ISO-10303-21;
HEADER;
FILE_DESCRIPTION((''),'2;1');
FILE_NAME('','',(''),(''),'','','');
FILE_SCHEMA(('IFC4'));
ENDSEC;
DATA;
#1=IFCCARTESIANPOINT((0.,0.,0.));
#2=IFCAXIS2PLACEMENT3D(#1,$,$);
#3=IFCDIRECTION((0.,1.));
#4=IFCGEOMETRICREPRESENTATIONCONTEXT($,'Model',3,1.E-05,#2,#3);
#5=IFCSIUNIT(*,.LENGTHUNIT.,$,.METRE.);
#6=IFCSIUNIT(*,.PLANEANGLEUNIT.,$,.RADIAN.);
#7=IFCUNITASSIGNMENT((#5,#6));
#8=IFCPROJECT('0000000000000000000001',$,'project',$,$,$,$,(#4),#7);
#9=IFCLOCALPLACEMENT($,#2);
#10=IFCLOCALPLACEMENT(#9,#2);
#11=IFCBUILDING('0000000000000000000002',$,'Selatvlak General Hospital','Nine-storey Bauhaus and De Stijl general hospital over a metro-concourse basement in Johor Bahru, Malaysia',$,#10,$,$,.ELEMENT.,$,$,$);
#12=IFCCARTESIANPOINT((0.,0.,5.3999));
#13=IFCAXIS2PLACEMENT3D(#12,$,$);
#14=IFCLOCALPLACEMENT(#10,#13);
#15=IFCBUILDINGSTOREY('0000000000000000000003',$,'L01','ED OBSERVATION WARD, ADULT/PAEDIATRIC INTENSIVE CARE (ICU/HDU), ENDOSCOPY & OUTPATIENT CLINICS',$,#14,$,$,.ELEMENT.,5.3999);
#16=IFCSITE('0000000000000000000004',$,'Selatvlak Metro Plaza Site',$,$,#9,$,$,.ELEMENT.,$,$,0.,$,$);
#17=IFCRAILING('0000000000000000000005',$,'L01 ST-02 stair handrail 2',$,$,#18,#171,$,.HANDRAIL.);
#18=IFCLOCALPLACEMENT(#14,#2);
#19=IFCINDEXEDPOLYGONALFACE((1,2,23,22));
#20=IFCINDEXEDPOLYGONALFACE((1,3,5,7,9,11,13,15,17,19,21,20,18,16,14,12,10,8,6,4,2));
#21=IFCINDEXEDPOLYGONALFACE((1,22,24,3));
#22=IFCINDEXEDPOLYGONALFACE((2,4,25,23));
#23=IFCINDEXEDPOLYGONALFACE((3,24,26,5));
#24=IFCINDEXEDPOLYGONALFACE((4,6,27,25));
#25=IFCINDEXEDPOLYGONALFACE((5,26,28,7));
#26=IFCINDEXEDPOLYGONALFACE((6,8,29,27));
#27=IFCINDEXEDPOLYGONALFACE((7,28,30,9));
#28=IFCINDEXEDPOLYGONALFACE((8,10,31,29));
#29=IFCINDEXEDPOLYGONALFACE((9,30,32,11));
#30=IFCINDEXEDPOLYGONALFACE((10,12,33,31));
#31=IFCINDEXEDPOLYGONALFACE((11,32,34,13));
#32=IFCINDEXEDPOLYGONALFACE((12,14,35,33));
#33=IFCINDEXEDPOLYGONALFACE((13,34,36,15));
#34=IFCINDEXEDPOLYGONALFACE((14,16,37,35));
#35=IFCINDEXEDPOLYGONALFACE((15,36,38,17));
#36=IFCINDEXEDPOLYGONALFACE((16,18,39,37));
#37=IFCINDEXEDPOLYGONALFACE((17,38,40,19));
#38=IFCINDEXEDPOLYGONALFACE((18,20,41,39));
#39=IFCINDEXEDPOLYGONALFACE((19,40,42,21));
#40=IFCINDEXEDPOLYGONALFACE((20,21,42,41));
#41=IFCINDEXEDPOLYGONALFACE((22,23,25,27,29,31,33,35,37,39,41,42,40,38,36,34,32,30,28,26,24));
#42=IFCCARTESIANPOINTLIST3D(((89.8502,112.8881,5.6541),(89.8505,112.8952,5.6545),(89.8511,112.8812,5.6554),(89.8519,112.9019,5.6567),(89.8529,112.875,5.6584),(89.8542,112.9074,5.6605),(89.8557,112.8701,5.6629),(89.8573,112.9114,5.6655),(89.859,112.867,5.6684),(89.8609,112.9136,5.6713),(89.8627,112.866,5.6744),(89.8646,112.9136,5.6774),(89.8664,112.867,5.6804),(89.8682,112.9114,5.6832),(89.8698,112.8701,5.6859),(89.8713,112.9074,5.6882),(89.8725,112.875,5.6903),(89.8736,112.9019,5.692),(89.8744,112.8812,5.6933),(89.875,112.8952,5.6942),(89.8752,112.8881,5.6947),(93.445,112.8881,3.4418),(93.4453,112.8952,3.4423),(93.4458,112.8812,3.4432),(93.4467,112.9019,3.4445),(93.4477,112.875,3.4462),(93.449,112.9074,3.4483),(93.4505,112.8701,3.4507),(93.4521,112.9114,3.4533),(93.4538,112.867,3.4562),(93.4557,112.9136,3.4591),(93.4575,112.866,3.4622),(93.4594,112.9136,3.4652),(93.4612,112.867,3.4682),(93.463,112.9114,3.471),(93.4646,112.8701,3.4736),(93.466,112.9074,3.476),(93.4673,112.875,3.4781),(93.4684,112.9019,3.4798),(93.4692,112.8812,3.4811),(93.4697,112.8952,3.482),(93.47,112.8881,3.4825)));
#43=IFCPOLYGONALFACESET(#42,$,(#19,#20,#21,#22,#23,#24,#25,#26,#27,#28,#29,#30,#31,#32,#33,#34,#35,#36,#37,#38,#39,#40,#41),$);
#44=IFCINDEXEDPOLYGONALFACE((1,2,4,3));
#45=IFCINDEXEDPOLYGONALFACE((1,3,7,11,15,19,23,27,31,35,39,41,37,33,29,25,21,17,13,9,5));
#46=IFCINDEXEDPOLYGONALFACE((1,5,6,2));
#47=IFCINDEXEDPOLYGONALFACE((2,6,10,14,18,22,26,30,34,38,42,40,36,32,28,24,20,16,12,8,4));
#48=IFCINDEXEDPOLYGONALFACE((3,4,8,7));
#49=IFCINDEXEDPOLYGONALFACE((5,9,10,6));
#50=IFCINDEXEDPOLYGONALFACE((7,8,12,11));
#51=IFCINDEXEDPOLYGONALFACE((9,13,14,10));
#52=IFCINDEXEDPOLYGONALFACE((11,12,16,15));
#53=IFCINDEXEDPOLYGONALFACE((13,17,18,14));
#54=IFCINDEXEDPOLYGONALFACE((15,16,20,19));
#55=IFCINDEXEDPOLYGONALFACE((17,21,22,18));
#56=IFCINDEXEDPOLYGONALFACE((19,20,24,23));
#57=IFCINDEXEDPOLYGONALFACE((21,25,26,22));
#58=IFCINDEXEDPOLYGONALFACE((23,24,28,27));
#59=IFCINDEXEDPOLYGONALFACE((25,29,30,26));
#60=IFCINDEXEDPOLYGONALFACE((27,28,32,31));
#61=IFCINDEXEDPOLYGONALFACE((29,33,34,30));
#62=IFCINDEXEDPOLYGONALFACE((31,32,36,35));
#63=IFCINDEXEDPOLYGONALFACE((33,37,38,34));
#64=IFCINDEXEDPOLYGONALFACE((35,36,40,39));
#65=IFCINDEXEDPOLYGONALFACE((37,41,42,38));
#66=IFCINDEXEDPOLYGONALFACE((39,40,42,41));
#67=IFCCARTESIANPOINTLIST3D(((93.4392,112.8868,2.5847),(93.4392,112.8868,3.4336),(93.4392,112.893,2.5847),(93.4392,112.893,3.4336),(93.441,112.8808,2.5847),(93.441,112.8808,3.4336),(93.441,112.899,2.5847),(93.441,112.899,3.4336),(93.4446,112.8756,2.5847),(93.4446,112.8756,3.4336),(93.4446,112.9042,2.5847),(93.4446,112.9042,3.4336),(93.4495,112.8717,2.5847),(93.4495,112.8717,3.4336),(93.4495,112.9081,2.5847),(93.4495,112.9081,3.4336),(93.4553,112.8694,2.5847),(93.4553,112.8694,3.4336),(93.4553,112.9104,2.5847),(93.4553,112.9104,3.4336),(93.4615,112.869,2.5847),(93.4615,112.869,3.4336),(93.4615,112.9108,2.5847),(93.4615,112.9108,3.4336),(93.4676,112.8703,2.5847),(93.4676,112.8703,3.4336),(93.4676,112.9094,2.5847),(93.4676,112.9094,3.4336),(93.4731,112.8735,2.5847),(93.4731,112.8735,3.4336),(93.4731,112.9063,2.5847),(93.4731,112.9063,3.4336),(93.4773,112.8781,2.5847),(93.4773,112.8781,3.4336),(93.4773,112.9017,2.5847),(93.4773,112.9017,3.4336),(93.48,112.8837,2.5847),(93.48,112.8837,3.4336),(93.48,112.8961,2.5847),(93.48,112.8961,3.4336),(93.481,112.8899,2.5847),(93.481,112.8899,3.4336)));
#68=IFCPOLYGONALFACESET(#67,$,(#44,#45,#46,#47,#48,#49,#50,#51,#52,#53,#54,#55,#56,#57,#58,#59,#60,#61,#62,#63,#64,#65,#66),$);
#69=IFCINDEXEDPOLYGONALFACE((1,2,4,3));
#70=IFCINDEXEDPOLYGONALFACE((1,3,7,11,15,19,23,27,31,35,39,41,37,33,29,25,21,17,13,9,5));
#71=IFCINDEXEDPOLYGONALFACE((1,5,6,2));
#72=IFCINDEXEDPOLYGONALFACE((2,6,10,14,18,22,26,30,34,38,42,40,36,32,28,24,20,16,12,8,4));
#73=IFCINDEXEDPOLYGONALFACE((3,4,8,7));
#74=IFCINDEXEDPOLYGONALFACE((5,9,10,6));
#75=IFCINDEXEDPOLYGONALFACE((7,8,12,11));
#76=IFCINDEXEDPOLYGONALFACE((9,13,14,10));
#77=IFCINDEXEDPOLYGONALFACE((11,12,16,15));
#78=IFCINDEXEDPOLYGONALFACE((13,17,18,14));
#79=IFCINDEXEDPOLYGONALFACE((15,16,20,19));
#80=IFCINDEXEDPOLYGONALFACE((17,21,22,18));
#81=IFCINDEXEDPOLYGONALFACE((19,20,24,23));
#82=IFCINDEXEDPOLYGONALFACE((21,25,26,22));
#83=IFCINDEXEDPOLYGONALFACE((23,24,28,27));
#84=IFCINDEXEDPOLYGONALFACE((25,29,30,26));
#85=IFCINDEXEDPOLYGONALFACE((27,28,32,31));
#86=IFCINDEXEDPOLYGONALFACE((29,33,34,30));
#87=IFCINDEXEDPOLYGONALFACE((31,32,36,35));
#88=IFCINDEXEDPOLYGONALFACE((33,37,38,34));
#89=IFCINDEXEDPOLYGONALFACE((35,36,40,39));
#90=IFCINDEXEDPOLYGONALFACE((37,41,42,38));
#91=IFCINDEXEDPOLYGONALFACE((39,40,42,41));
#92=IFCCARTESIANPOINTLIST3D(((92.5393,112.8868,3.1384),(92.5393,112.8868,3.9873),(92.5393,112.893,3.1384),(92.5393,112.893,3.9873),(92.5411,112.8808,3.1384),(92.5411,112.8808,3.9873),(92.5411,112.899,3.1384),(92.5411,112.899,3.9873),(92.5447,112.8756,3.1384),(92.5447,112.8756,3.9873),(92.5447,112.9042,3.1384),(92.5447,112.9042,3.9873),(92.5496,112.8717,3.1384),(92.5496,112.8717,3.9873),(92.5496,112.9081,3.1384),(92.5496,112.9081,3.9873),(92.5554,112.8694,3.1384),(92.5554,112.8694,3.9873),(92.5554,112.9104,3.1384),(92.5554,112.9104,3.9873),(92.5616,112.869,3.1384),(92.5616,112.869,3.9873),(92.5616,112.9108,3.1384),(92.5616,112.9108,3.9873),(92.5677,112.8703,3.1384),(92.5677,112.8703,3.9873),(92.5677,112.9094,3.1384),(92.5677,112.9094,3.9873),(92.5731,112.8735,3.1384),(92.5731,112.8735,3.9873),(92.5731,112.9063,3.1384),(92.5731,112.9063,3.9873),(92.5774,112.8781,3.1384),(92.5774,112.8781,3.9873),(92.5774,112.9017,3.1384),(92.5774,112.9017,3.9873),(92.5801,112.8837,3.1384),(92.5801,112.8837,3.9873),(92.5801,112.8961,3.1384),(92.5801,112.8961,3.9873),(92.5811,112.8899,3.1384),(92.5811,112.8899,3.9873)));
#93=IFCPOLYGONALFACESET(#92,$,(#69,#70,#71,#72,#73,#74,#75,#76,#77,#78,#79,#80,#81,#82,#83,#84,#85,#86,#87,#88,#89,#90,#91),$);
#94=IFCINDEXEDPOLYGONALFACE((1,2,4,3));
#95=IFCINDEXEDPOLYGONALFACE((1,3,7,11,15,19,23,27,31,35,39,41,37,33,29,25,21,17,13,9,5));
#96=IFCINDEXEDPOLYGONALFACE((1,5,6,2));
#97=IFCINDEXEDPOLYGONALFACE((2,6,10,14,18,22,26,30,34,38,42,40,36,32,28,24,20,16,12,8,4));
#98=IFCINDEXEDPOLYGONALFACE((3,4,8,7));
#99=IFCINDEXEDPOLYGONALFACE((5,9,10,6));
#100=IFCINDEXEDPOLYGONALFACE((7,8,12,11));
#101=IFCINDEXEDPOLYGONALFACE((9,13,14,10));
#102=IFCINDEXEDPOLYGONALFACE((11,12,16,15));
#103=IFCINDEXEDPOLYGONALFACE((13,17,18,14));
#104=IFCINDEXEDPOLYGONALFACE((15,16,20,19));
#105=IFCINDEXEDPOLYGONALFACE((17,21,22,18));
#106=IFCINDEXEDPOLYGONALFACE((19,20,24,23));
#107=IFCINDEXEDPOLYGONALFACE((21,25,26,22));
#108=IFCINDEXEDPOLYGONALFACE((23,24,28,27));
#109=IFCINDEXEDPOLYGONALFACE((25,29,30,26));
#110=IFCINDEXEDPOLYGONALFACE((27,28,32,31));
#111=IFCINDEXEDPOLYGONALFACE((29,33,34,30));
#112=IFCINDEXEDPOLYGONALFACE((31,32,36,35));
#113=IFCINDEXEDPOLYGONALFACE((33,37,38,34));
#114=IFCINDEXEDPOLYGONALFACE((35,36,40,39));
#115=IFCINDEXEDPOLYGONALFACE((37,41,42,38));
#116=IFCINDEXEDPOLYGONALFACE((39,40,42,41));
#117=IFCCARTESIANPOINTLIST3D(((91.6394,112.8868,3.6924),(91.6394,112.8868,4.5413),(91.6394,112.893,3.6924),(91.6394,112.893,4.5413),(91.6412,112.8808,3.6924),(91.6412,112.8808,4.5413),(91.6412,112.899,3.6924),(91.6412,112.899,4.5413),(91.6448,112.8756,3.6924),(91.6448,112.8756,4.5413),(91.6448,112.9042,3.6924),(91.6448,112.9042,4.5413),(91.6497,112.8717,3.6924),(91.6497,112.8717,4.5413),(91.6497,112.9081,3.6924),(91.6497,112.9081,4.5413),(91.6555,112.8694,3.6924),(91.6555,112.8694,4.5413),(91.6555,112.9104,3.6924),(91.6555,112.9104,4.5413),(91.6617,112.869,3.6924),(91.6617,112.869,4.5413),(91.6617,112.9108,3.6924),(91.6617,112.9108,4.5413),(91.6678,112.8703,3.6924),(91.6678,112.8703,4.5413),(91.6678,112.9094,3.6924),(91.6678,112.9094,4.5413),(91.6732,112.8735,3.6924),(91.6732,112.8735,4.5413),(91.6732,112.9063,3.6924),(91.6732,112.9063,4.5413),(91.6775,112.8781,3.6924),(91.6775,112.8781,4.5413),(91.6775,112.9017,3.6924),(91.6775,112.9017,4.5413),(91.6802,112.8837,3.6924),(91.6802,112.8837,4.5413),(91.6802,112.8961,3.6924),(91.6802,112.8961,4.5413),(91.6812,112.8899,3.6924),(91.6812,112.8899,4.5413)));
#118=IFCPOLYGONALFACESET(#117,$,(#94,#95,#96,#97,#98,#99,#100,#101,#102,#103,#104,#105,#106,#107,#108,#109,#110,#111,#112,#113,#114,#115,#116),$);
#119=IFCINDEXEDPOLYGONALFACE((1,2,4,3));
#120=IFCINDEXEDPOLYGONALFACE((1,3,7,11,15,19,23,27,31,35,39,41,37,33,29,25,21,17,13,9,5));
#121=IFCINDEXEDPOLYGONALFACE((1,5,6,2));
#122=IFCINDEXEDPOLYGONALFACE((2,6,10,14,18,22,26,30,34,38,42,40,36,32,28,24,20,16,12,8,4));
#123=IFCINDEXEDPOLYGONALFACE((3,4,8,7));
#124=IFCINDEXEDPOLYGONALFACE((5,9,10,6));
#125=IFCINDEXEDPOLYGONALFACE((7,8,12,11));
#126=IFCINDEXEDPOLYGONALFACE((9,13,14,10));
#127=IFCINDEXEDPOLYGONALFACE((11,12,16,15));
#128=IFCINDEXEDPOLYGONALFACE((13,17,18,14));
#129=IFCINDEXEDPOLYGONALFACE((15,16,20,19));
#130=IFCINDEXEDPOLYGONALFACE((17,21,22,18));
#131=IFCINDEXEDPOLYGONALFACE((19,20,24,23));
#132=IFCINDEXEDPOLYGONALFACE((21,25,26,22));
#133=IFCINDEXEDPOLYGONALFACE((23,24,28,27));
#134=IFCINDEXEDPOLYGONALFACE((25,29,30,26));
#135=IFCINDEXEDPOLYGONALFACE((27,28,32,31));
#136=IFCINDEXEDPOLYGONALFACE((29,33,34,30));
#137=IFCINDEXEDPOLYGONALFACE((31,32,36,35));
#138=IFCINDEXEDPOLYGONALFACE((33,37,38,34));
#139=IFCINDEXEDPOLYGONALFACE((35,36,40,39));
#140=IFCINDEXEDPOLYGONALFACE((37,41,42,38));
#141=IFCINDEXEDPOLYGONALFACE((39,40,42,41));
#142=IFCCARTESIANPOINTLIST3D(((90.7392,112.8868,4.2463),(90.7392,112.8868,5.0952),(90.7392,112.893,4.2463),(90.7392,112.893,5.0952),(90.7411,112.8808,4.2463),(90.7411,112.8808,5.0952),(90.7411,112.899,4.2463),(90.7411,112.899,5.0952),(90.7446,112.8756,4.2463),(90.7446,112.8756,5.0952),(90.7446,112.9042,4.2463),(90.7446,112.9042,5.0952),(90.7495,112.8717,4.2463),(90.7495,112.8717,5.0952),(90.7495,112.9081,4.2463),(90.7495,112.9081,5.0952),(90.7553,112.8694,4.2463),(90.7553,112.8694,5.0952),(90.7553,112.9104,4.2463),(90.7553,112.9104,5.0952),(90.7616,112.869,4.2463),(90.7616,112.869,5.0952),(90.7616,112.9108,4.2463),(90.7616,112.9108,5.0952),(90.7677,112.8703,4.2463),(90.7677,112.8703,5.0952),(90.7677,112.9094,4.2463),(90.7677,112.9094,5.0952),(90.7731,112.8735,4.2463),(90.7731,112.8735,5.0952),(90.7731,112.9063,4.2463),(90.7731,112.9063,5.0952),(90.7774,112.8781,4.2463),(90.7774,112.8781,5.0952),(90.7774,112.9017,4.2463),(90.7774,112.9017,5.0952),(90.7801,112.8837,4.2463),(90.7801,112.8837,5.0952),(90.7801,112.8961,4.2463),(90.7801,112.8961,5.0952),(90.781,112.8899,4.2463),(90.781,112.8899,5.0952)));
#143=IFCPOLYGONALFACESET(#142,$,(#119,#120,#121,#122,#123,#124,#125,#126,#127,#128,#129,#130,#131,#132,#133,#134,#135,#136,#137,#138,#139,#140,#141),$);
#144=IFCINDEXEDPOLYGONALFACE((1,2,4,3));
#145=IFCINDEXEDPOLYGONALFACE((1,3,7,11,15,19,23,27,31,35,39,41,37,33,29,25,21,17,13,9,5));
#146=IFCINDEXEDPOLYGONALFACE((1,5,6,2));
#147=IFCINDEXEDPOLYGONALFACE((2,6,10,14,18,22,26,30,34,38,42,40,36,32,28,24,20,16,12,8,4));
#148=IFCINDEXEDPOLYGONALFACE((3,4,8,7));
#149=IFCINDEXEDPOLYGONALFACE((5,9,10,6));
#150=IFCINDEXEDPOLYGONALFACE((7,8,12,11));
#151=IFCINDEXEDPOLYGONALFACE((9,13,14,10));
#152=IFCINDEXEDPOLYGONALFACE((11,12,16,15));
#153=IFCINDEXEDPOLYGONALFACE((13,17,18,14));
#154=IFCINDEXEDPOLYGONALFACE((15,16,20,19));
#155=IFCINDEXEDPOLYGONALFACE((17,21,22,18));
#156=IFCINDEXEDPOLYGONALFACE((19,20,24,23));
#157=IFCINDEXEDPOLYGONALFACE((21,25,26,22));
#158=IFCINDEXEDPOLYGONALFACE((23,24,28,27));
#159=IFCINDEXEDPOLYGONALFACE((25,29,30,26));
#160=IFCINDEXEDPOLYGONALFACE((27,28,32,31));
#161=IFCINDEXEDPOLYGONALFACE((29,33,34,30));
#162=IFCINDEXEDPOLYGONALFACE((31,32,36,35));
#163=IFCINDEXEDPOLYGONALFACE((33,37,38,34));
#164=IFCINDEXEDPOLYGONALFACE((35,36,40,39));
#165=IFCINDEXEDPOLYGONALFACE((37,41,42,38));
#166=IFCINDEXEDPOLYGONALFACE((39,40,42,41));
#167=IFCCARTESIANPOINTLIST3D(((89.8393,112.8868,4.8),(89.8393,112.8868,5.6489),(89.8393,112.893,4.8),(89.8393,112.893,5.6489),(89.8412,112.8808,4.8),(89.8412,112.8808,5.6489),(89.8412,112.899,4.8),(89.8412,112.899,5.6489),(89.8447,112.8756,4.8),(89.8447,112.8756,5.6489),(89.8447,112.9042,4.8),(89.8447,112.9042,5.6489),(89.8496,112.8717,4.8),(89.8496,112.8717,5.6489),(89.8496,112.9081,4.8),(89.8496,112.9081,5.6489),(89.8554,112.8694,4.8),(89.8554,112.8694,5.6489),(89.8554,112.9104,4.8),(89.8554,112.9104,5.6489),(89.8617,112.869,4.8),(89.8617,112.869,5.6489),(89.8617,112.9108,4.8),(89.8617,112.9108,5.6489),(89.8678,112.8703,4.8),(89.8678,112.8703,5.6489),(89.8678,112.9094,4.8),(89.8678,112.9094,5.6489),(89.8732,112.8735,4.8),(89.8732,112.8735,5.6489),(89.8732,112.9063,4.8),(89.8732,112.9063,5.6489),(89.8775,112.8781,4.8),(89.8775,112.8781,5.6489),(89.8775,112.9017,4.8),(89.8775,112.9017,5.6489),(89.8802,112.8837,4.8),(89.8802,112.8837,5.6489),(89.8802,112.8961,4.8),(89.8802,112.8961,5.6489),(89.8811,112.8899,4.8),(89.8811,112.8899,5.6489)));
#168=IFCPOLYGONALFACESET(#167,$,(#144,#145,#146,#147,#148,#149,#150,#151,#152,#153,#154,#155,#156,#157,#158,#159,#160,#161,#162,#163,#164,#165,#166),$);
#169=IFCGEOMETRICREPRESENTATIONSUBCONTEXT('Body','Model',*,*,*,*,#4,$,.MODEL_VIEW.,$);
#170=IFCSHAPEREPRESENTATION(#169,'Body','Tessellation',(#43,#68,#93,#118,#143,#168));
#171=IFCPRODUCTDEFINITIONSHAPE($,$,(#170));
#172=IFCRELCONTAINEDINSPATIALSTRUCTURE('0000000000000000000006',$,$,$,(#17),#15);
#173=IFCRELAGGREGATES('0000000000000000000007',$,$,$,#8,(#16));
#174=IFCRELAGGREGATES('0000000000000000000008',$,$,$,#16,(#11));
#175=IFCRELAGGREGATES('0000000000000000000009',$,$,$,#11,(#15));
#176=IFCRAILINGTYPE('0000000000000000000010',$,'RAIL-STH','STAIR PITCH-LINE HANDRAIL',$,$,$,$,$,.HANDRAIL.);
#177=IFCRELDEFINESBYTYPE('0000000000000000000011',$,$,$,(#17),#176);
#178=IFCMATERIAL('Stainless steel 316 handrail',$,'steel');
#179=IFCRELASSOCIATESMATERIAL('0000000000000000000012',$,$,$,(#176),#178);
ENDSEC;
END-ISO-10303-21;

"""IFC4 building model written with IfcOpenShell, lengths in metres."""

from ifc_helpers import new_model, si_unit, direction, frame, origin, origin_2d, place, context, subcontext, project, spatial, circle, extrude, material, type_object, element, save


model = new_model("IFC4")

# Units and contexts
model_context = context("Model", 3, precision=1e-05, world=origin(), true_north=direction((0.0, 1.0)))
body_context = subcontext(model_context, "Body", "Model", "MODEL_VIEW")
ifc_project = project(units=[si_unit("LENGTHUNIT", "METRE"), si_unit("PLANEANGLEUNIT", "RADIAN")], contexts=[model_context])

# Site, building, storey
site_placement = place(None, origin())
site = spatial("IfcSite", under=ifc_project, at=site_placement, Name="Selatvlak Metro Plaza Site", CompositionType="ELEMENT", RefElevation=0.0)
building_placement = place(site_placement, origin())
building = spatial("IfcBuilding", under=site, at=building_placement, Name="Selatvlak General Hospital", Description="Nine-storey Bauhaus and De Stijl general hospital over a metro-concourse basement in Johor Bahru, Malaysia", CompositionType="ELEMENT")
storey_placement = place(building_placement, frame((0.0, 0.0, 5.3999)))
storey = spatial("IfcBuildingStorey", under=building, at=storey_placement, Name="L01", Description="ED OBSERVATION WARD, ADULT/PAEDIATRIC INTENSIVE CARE (ICU/HDU), ENDOSCOPY & OUTPATIENT CLINICS", CompositionType="ELEMENT", Elevation=5.3999)

# Railing
ifc_material_1 = material(Name="Stainless steel 316 handrail", Category="steel")
railing_type_1 = type_object("IfcRailingType", Name="RAIL-STH", Description="STAIR PITCH-LINE HANDRAIL", PredefinedType="HANDRAIL", material=ifc_material_1)
railing_1_placement = place(storey_placement, frame((93.46, 112.8899, 2.5847)))
element("IfcRailing", 1, at=railing_1_placement, inside=storey, type_object=railing_type_1, Name="L01 ST-02 stair handrail 2", PredefinedType="HANDRAIL", context=body_context, shape_type="SweptSolid", body=[
    extrude(circle(Radius=0.0239, at=origin_2d()), frame((-0.0024, 0.0, 0.8774), z_axis=(-0.851654, 0.0, 0.524104), x_axis=(0.0, -1.0, 0.0)), (0.0, 0.0, 1.0), 4.2209),
    extrude(circle(Radius=0.021, at=origin_2d()), origin(), (0.0, 0.0, 1.0), 0.8489),
    extrude(circle(Radius=0.021, at=origin_2d()), frame((-0.8999, 0.0, 0.5537)), (0.0, 0.0, 1.0), 0.8489),
    extrude(circle(Radius=0.021, at=origin_2d()), frame((-1.7998, 0.0, 1.1077)), (0.0, 0.0, 1.0), 0.8489),
    extrude(circle(Radius=0.021, at=origin_2d()), frame((-2.7, 0.0, 1.6616)), (0.0, 0.0, 1.0), 0.8489),
    extrude(circle(Radius=0.021, at=origin_2d()), frame((-3.5999, 0.0, 2.2153)), (0.0, 0.0, 1.0), 0.8489),
])

save(model, "model.ifc")
